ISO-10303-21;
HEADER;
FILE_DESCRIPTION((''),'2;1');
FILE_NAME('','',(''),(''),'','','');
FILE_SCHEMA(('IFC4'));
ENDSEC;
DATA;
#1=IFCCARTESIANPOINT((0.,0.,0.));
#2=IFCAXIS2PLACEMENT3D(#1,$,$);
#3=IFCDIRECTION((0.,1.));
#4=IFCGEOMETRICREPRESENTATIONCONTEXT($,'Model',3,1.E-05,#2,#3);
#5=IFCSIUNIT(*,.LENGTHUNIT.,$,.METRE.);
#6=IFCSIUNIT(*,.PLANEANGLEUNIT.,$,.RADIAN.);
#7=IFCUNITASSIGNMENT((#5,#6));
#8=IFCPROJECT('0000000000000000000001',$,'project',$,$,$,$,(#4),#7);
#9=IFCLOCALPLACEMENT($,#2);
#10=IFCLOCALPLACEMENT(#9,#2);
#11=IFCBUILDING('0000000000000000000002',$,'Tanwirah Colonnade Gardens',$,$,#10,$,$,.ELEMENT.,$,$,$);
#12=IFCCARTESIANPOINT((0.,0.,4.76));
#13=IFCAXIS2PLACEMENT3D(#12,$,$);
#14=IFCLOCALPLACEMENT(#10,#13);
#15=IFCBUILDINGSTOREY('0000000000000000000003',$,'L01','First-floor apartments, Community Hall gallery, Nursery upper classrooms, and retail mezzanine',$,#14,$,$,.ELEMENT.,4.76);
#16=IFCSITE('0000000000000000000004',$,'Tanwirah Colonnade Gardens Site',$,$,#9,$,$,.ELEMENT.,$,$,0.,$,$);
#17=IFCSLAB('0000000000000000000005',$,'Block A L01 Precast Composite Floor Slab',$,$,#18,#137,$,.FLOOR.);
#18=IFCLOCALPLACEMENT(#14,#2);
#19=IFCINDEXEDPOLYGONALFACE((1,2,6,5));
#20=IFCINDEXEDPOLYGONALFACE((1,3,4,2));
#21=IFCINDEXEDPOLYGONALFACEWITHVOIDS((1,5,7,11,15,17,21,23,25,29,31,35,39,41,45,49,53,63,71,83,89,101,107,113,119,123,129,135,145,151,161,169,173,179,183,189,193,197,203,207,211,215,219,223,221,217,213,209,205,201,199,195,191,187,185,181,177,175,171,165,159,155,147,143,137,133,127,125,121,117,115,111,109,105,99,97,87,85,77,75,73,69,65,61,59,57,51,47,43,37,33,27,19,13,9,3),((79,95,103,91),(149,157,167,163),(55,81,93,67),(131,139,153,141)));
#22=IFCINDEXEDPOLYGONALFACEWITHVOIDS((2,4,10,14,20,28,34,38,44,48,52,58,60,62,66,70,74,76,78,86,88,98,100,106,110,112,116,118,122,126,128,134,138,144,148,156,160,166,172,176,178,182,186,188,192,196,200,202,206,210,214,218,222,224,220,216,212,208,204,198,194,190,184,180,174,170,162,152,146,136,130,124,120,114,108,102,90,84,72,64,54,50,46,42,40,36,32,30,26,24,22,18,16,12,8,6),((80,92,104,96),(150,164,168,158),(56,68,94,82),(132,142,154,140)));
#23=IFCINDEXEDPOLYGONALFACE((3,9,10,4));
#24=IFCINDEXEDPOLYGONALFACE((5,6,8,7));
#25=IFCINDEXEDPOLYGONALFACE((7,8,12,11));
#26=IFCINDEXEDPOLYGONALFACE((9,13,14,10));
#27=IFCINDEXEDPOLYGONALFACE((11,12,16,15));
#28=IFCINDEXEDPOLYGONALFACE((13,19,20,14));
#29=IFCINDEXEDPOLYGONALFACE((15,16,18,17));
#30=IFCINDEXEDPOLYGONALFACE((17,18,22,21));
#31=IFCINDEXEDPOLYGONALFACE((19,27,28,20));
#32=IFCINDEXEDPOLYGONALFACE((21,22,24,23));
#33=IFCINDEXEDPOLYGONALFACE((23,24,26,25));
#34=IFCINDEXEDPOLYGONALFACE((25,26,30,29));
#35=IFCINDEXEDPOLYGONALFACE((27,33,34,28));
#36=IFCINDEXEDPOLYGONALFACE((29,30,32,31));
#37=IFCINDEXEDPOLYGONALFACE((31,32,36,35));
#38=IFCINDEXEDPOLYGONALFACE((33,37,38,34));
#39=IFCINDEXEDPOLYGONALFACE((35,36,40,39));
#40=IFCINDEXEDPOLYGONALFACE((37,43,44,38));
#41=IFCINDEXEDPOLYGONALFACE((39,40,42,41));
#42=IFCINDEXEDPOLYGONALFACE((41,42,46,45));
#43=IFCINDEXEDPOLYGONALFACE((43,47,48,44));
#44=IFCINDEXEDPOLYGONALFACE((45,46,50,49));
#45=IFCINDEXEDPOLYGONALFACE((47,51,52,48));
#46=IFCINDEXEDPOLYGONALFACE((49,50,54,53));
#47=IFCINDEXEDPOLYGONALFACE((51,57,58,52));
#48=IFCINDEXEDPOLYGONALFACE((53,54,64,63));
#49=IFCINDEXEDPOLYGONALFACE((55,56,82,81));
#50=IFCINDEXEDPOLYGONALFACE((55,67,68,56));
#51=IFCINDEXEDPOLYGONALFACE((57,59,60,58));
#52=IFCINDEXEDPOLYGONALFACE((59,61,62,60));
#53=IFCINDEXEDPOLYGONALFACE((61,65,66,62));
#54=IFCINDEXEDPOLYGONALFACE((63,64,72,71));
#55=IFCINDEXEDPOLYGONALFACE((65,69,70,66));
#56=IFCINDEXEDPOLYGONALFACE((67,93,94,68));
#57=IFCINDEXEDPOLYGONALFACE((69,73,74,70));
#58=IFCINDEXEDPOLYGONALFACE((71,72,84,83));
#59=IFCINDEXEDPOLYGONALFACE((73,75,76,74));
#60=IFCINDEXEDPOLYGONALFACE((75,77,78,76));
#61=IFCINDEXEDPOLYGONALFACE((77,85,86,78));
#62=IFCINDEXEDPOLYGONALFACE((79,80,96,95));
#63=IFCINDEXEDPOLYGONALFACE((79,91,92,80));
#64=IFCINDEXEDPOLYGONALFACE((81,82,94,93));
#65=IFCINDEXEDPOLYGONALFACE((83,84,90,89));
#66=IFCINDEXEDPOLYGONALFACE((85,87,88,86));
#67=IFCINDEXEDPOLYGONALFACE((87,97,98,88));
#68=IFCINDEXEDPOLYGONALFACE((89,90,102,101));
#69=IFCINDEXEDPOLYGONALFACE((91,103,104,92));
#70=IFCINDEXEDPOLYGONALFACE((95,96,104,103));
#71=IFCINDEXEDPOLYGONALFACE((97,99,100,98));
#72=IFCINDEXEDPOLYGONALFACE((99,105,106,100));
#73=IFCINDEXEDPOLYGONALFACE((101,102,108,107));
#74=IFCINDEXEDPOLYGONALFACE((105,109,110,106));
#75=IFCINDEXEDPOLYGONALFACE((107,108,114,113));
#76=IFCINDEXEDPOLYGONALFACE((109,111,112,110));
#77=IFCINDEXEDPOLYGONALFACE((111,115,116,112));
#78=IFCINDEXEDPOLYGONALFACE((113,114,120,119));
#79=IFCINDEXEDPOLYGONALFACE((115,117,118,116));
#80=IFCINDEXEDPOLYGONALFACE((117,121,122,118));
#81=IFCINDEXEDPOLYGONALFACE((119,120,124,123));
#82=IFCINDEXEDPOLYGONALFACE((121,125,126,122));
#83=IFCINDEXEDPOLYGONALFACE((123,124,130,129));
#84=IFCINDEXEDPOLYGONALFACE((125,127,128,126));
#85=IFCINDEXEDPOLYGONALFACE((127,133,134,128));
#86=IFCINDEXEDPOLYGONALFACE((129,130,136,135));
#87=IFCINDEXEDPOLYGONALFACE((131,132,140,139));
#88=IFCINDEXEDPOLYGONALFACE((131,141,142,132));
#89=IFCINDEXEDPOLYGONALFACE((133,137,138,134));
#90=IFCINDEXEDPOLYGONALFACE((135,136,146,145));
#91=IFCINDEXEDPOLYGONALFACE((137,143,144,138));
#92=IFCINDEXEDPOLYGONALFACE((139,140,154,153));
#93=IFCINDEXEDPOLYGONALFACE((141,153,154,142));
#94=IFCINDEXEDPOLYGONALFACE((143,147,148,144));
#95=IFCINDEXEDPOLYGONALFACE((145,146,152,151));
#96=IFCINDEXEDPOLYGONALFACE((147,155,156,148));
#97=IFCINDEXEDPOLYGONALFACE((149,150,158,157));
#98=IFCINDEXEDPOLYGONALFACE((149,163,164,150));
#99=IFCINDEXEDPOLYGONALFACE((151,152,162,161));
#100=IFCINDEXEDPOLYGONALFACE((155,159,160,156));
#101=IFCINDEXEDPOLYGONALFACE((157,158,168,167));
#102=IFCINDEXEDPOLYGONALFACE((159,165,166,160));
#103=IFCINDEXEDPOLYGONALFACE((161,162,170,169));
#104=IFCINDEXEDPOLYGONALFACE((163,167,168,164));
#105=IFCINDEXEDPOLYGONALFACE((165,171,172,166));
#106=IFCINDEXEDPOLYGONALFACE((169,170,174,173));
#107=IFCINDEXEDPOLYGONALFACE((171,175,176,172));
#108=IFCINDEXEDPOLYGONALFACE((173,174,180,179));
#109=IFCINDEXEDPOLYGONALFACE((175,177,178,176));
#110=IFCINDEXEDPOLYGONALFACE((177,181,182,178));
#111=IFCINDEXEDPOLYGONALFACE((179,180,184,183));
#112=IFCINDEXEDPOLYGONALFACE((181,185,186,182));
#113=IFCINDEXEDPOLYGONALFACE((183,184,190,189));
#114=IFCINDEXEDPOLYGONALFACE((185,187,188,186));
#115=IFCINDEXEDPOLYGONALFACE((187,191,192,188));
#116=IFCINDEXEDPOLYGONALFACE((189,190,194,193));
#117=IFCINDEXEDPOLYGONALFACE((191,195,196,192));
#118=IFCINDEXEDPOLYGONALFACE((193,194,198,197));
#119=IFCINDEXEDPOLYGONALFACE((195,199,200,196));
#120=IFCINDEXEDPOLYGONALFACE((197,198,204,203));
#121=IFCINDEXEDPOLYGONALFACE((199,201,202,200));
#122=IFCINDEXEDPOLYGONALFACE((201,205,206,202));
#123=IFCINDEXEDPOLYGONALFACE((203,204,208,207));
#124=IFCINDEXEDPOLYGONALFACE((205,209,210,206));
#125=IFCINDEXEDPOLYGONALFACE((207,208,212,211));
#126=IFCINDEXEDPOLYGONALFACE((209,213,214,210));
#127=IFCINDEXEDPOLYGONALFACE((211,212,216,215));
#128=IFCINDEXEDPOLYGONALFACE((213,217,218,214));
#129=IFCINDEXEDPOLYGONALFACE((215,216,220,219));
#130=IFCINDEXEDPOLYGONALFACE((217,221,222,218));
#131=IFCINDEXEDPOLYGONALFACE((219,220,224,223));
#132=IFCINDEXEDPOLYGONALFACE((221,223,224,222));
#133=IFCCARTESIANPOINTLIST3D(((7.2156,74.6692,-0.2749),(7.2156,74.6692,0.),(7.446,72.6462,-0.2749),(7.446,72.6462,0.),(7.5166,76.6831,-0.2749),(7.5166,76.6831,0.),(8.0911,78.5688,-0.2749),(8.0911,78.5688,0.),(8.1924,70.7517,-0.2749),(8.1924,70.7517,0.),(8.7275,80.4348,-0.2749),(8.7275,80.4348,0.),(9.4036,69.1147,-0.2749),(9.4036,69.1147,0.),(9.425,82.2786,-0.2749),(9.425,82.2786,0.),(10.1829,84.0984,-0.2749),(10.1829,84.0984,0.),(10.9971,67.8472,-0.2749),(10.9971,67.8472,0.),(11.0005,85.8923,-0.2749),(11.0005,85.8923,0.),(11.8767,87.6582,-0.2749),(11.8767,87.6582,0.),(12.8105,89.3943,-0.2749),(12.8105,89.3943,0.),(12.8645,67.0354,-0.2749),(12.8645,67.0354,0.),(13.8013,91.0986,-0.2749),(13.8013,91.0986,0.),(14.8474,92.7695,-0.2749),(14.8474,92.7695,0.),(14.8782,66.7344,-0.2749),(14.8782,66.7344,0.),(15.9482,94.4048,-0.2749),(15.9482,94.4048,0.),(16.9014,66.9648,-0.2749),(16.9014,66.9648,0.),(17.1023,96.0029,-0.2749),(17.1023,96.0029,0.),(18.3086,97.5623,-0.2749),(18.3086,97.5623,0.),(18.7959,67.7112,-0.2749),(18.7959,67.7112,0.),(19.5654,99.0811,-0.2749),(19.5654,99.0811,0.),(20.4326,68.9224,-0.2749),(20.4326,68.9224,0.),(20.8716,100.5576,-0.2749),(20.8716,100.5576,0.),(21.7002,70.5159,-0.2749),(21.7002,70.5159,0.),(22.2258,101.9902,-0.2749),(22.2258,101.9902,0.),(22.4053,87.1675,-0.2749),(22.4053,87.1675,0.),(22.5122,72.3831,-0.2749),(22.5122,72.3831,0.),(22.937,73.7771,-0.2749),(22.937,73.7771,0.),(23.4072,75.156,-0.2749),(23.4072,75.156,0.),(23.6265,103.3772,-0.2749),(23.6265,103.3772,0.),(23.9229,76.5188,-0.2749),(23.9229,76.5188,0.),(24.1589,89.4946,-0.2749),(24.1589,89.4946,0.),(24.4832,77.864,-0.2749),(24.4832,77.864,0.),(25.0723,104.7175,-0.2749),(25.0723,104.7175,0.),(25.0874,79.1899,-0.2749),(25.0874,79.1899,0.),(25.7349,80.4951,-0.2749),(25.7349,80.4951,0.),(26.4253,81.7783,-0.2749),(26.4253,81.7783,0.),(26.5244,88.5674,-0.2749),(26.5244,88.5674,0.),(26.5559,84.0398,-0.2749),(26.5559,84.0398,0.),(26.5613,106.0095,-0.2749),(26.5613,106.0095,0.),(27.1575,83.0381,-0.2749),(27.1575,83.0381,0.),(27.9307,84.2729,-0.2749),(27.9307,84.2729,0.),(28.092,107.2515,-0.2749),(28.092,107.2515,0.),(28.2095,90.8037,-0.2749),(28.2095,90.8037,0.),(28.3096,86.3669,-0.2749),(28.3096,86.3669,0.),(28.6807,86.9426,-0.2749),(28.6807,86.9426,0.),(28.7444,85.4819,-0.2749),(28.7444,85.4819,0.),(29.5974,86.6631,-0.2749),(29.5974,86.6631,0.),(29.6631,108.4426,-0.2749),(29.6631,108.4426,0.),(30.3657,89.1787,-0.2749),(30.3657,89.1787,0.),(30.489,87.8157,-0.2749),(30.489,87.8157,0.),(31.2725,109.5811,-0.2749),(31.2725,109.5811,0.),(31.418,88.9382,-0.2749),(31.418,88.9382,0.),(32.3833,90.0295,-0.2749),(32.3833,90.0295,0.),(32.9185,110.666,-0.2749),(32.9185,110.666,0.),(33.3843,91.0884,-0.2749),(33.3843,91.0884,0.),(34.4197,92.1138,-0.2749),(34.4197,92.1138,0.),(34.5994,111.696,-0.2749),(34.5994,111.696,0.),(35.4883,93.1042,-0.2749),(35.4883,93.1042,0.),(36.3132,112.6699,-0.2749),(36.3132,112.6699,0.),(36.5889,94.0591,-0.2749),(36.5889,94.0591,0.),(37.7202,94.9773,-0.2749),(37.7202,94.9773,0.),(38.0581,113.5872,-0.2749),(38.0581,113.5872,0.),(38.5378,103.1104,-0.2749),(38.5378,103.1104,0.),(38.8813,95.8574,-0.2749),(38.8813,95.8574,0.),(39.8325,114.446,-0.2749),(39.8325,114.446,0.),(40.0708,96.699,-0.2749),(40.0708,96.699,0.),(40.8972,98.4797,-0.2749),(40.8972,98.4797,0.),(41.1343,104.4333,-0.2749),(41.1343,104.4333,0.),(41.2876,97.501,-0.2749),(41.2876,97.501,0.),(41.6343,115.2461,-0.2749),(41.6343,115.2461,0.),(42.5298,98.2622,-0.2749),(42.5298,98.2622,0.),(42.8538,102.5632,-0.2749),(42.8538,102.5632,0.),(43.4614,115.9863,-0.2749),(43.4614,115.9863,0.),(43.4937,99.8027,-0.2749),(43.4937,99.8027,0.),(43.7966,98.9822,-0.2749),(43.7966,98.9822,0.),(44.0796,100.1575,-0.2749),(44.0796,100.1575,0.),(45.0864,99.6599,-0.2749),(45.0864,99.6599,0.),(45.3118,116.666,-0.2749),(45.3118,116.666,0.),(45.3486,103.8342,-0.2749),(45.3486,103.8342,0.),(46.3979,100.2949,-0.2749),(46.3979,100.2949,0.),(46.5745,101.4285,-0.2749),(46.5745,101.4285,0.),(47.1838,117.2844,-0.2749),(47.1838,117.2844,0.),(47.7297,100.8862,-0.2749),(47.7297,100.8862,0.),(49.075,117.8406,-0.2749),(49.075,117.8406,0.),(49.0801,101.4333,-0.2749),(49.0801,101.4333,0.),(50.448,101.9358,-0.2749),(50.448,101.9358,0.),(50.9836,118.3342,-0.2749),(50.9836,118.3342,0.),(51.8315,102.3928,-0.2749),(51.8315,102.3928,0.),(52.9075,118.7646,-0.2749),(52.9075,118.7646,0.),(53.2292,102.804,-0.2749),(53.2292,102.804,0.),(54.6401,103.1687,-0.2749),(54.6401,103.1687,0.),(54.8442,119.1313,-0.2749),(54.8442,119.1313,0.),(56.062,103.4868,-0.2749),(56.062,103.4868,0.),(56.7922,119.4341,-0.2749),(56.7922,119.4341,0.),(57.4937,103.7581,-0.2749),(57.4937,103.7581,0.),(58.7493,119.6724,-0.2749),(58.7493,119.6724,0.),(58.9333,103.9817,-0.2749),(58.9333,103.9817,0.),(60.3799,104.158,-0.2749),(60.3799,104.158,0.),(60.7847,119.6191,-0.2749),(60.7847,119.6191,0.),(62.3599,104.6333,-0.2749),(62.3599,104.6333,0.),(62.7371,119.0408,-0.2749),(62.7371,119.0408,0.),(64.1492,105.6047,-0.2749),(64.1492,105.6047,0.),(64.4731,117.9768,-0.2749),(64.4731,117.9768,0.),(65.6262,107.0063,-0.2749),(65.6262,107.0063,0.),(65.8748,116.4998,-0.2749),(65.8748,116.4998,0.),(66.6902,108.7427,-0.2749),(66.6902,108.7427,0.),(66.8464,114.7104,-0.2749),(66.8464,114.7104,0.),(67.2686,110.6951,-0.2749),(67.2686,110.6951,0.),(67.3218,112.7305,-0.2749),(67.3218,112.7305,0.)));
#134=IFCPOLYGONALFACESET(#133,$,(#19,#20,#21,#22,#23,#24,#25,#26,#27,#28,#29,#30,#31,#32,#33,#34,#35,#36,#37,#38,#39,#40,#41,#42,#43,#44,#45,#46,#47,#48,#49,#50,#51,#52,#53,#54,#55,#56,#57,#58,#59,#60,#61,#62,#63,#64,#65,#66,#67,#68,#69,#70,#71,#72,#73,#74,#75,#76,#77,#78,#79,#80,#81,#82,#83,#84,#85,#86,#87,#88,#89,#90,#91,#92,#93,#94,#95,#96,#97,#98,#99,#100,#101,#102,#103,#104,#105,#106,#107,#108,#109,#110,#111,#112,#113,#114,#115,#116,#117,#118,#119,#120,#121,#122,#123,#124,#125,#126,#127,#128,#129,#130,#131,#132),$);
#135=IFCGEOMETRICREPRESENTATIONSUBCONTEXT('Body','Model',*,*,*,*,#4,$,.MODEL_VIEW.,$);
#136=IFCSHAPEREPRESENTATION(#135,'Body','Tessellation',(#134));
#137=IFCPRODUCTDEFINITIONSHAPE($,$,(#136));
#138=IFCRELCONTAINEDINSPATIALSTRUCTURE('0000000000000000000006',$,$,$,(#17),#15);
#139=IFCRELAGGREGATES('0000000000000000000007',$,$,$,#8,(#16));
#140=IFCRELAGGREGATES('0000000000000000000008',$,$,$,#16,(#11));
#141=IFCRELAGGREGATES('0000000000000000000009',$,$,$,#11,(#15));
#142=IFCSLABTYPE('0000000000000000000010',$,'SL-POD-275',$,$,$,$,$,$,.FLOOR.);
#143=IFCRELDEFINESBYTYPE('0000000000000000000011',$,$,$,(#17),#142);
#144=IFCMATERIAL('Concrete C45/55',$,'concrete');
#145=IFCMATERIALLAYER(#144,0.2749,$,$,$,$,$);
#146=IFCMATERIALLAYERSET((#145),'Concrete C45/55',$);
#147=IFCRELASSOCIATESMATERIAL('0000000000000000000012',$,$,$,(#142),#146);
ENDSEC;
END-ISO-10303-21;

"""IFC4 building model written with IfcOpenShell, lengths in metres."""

from ifc_helpers import new_model, si_unit, direction, frame, origin, place, context, subcontext, project, spatial, polyline, outline, extrude, material, layer, layer_set, type_object, element, save


model = new_model("IFC4")

# Units and contexts
model_context = context("Model", 3, precision=1e-05, world=origin(), true_north=direction((0.0, 1.0)))
body_context = subcontext(model_context, "Body", "Model", "MODEL_VIEW")
ifc_project = project(units=[si_unit("LENGTHUNIT", "METRE"), si_unit("PLANEANGLEUNIT", "RADIAN")], contexts=[model_context])

# Site, building, storey
site_placement = place(None, origin())
site = spatial("IfcSite", under=ifc_project, at=site_placement, Name="Tanwirah Colonnade Gardens Site", CompositionType="ELEMENT", RefElevation=0.0)
building_placement = place(site_placement, origin())
building = spatial("IfcBuilding", under=site, at=building_placement, Name="Tanwirah Colonnade Gardens", CompositionType="ELEMENT")
storey_placement = place(building_placement, frame((0.0, 0.0, 4.76)))
storey = spatial("IfcBuildingStorey", under=building, at=storey_placement, Name="L01", Description="First-floor apartments, Community Hall gallery, Nursery upper classrooms, and retail mezzanine", CompositionType="ELEMENT", Elevation=4.76)

# Shared definitions
ifc_material_1 = material(Name="Concrete C45/55", Category="concrete")

# Slab
ifc_layer_1 = layer(ifc_material_1, 0.2749)
ifc_layer_set_1 = layer_set([ifc_layer_1], Name="Concrete C45/55")
slab_type_1 = type_object("IfcSlabType", Name="SL-POD-275", PredefinedType="FLOOR", material=ifc_layer_set_1)
slab_1_placement = place(storey_placement, frame((0.0, 0.0, -0.2749)))
element("IfcSlab", 1, at=slab_1_placement, inside=storey, type_object=slab_type_1, Name="Block A L01 Precast Composite Floor Slab", PredefinedType="FLOOR", context=body_context, shape_type="SweptSolid", body=[
    extrude(outline(polyline([(57.4937, 103.7581), (58.9333, 103.9817), (60.3799, 104.158), (62.3599, 104.6333), (64.1492, 105.6047), (65.6262, 107.0063), (66.6902, 108.7427), (67.2686, 110.6951), (67.3218, 112.7305), (66.8464, 114.7104), (65.8748, 116.4998), (64.4731, 117.9768), (62.7371, 119.0408), (60.7847, 119.6191), (58.7493, 119.6724), (56.7922, 119.4341), (54.8442, 119.1313), (52.9075, 118.7646), (50.9836, 118.3342), (49.075, 117.8406), (47.1838, 117.2844), (45.3118, 116.666), (43.4614, 115.9863), (41.6343, 115.2461), (39.8325, 114.446), (38.0581, 113.5872), (36.3132, 112.6699), (34.5994, 111.696), (32.9185, 110.666), (31.2725, 109.5811), (29.6631, 108.4426), (28.092, 107.2515), (26.5613, 106.0095), (25.0723, 104.7175), (23.6265, 103.3772), (22.2258, 101.9902), (20.8716, 100.5576), (19.5654, 99.0811), (18.3086, 97.5623), (17.1023, 96.0029), (15.9482, 94.4048), (14.8474, 92.7695), (13.8013, 91.0986), (12.8105, 89.3943), (11.8767, 87.6582), (11.0005, 85.8923), (10.1829, 84.0984), (9.425, 82.2786), (8.7275, 80.4348), (8.0911, 78.5688), (7.5166, 76.6831), (7.2156, 74.6692), (7.446, 72.6462), (8.1924, 70.7517), (9.4036, 69.1147), (10.9971, 67.8472), (12.8645, 67.0354), (14.8782, 66.7344), (16.9014, 66.9648), (18.7959, 67.7112), (20.4326, 68.9224), (21.7002, 70.5159), (22.5122, 72.3831), (22.937, 73.7771), (23.4072, 75.156), (23.9229, 76.5188), (24.4832, 77.864), (25.0874, 79.1899), (25.7349, 80.4951), (26.4253, 81.7783), (27.1575, 83.0381), (27.9307, 84.2729), (28.7444, 85.4819), (29.5974, 86.6631), (30.489, 87.8157), (31.418, 88.9382), (32.3833, 90.0295), (33.3843, 91.0884), (34.4197, 92.1138), (35.4883, 93.1042), (36.5889, 94.0591), (37.7202, 94.9773), (38.8813, 95.8574), (40.0708, 96.699), (41.2876, 97.501), (42.5298, 98.2622), (43.7966, 98.9822), (45.0864, 99.6599), (46.3979, 100.2949), (47.7297, 100.8862), (49.0801, 101.4333), (50.448, 101.9358), (51.8315, 102.3928), (53.2292, 102.804), (54.6401, 103.1687), (56.062, 103.4868), (57.4937, 103.7581)]), holes=[polyline([(41.1343, 104.4333), (43.4937, 99.8027), (40.8972, 98.4797), (38.5378, 103.1104), (41.1343, 104.4333)]), polyline([(46.5745, 101.4285), (44.0796, 100.1575), (42.8538, 102.5632), (45.3486, 103.8342), (46.5745, 101.4285)]), polyline([(26.5559, 84.0398), (22.4053, 87.1675), (24.1589, 89.4946), (28.3096, 86.3669), (26.5559, 84.0398)]), polyline([(26.5244, 88.5674), (28.2095, 90.8037), (30.3657, 89.1787), (28.6807, 86.9426), (26.5244, 88.5674)])]), origin(), (0.0, 0.0, 1.0), 0.2749),
])

save(model, "model.ifc")
